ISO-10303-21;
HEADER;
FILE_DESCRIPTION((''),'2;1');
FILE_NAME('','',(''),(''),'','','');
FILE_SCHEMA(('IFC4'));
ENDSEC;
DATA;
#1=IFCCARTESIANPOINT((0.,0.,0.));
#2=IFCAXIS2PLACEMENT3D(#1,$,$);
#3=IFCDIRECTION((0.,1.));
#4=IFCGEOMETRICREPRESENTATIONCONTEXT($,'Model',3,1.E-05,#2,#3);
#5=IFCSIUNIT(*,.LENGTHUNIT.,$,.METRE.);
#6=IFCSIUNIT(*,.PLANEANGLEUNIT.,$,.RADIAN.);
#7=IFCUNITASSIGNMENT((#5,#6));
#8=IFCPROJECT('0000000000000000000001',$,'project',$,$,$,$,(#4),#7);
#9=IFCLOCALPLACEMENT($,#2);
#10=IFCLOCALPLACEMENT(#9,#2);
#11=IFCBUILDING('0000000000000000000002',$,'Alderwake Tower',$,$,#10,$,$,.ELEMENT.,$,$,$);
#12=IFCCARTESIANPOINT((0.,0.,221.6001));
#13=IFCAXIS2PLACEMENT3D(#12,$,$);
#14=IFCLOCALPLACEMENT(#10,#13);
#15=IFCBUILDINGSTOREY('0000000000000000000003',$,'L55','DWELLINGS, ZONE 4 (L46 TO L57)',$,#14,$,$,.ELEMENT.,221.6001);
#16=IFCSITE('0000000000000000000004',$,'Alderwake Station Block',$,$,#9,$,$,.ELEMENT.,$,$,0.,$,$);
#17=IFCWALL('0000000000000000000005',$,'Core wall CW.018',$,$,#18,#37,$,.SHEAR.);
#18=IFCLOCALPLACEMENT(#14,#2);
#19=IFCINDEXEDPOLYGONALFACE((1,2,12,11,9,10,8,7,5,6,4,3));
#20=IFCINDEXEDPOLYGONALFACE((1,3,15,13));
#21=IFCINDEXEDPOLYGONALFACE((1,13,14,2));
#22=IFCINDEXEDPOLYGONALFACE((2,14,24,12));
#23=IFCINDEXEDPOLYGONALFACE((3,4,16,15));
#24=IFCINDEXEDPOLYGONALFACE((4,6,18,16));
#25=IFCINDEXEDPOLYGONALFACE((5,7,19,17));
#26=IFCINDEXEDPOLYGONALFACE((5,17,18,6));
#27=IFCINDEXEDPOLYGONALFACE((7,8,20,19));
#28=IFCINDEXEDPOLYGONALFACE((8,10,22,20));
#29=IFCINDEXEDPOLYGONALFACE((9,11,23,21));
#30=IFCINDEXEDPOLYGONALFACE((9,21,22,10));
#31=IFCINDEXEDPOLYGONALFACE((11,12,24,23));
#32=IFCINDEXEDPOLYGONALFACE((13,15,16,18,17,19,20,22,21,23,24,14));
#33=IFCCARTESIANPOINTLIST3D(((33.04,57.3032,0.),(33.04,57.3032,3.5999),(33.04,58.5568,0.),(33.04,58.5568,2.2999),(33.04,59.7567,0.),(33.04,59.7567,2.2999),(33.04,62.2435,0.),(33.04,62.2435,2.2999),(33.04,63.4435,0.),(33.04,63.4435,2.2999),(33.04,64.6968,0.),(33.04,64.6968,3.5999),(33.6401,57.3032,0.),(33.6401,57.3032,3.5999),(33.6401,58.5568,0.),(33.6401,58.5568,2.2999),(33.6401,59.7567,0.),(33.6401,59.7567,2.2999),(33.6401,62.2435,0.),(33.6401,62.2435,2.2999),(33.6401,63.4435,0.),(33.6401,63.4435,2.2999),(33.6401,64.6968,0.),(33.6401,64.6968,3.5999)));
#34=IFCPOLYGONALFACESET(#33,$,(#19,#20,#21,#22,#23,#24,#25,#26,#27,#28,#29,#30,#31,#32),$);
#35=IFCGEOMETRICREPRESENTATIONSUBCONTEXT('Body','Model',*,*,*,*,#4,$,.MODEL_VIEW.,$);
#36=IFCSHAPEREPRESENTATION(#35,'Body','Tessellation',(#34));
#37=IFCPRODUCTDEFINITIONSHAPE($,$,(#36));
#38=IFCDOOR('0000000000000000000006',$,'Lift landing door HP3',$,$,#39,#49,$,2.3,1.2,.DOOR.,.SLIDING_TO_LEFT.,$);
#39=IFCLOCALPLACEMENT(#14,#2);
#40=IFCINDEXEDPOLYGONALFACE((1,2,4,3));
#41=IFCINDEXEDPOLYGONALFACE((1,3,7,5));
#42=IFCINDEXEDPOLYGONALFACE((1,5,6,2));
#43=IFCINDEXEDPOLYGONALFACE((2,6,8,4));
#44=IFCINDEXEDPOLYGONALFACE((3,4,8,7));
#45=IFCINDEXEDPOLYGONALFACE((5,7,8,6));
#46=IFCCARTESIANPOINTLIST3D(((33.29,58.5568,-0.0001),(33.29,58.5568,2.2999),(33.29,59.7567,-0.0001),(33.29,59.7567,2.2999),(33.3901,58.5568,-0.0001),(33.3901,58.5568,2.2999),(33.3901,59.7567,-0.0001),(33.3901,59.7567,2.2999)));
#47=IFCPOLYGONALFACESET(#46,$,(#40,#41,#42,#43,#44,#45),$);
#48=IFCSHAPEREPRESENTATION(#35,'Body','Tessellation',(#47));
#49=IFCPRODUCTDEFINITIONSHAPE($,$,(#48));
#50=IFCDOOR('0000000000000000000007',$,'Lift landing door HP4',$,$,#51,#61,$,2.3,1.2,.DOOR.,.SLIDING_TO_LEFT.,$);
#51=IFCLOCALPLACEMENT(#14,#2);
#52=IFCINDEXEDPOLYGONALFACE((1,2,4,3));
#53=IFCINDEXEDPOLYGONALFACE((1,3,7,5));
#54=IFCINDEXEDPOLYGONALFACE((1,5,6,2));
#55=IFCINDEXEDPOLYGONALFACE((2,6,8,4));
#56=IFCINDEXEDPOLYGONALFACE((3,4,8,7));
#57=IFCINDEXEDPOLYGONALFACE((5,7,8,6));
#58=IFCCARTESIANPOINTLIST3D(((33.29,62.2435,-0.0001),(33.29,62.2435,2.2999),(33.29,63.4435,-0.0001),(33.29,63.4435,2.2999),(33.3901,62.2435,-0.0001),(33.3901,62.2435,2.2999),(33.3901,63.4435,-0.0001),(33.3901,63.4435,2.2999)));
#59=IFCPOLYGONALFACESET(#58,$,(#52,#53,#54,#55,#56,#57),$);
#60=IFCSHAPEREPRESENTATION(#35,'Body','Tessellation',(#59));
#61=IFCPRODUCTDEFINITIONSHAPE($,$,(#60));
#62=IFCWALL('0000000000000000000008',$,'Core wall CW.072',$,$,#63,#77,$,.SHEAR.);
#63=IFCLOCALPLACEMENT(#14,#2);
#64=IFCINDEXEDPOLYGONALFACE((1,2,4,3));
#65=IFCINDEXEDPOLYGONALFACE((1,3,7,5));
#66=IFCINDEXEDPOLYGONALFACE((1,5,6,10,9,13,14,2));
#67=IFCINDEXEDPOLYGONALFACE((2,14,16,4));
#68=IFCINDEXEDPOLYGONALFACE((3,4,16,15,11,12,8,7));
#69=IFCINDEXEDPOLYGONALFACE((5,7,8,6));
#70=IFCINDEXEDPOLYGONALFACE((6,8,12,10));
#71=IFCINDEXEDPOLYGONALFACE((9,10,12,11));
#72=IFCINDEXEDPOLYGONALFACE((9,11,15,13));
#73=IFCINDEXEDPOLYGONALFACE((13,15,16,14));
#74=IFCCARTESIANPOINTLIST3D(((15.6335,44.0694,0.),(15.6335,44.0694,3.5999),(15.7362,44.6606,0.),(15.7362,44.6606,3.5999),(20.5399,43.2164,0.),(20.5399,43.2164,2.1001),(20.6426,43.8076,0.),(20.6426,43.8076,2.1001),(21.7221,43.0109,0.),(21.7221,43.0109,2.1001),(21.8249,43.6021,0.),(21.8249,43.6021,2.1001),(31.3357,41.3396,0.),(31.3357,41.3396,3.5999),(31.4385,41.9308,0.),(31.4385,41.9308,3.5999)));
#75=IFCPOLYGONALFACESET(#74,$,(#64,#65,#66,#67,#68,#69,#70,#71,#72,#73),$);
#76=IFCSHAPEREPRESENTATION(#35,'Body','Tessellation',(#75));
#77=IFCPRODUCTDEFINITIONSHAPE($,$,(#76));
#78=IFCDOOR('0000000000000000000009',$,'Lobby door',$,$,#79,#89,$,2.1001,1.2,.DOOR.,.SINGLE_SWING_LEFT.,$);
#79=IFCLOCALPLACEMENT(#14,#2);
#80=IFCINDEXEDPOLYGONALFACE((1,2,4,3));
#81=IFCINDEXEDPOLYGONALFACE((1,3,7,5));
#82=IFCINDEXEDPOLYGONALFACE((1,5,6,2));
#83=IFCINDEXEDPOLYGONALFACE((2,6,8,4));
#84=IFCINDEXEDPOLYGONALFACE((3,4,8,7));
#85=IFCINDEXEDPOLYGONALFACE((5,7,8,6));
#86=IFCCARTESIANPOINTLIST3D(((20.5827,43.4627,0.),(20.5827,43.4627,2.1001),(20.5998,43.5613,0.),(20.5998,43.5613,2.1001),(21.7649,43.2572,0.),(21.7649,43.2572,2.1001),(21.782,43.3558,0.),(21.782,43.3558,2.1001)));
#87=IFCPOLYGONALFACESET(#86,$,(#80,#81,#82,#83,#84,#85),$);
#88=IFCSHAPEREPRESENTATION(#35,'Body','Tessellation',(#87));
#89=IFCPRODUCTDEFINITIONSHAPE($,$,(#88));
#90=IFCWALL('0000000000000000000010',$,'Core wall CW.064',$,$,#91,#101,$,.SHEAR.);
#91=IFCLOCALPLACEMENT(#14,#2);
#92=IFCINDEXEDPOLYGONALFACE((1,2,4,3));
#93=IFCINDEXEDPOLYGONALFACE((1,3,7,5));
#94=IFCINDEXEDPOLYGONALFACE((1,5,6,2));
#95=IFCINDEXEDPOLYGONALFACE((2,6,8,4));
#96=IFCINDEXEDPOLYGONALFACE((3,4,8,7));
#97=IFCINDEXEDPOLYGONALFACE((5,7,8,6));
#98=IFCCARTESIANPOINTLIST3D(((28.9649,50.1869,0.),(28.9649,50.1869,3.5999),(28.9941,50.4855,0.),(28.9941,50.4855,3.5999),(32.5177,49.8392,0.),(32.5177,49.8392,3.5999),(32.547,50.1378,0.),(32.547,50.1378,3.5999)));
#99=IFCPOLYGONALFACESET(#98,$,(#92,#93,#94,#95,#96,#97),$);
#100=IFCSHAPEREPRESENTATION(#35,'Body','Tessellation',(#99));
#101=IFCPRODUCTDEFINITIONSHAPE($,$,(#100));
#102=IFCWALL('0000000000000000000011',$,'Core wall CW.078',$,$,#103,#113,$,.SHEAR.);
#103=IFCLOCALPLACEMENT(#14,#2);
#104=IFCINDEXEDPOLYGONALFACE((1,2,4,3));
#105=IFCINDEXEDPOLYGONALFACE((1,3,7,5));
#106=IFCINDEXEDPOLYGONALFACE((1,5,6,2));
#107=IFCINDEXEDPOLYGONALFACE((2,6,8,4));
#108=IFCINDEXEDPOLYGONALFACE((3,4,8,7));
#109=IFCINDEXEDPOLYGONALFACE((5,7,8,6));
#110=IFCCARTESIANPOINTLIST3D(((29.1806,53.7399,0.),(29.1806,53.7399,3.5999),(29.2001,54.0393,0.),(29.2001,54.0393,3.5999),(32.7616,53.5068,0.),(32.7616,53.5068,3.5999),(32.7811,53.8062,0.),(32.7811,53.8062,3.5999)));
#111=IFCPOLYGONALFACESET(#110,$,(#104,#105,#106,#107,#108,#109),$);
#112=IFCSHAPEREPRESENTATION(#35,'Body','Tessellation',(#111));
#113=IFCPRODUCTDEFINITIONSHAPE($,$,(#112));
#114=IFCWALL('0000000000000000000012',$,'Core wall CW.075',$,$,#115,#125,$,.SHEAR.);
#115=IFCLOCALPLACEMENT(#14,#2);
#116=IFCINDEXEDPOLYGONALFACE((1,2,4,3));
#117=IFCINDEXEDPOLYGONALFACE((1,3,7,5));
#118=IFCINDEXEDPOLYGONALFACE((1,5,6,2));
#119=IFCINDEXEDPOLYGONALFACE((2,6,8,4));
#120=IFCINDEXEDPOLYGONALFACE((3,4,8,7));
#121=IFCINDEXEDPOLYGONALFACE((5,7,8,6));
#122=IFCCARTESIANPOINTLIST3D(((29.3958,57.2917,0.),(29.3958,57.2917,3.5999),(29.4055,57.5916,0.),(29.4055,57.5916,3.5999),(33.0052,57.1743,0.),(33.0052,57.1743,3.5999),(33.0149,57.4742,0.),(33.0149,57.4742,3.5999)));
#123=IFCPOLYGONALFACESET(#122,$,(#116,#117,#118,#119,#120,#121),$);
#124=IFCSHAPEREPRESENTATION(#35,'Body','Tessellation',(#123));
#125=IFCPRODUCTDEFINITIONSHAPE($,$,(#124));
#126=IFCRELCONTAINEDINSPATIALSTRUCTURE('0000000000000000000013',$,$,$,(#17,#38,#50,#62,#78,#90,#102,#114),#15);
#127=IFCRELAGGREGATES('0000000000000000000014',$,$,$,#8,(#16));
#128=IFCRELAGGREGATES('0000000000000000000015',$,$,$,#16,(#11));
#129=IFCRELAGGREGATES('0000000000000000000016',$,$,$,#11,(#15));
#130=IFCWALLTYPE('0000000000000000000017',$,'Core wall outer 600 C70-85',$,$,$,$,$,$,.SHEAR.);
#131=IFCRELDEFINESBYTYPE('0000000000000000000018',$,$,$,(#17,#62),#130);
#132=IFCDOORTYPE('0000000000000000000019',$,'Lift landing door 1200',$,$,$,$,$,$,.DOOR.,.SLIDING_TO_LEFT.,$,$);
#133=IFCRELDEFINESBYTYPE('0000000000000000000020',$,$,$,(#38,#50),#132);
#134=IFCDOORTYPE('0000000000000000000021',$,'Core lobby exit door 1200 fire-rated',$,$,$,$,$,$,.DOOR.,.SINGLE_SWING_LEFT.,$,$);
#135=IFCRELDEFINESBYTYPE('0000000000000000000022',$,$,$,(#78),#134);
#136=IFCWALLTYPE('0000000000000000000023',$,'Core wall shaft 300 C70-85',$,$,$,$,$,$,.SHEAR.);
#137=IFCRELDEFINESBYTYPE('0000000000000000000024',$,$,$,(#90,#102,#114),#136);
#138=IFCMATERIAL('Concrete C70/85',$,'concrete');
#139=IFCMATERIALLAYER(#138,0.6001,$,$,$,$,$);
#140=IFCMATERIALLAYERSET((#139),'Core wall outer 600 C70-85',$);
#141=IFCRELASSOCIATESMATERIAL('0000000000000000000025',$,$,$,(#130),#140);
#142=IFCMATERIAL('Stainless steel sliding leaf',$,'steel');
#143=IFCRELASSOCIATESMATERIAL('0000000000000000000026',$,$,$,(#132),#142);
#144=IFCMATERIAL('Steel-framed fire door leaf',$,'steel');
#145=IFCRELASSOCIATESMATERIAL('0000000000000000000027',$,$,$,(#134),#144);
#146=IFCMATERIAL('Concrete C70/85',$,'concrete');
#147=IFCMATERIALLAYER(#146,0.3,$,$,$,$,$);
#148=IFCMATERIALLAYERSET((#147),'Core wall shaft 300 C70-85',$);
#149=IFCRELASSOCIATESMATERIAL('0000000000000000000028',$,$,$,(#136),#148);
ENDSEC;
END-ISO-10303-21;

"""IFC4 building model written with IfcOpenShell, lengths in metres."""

from ifc_helpers import new_model, si_unit, direction, frame, frame_2d, origin, place, context, subcontext, project, spatial, rectangle, extrude, material, layer, layer_set, type_object, element, fill, save


model = new_model("IFC4")

# Units and contexts
model_context = context("Model", 3, precision=1e-05, world=origin(), true_north=direction((0.0, 1.0)))
body_context = subcontext(model_context, "Body", "Model", "MODEL_VIEW")
ifc_project = project(units=[si_unit("LENGTHUNIT", "METRE"), si_unit("PLANEANGLEUNIT", "RADIAN")], contexts=[model_context])

# Site, building, storey
site_placement = place(None, origin())
site = spatial("IfcSite", under=ifc_project, at=site_placement, Name="Alderwake Station Block", CompositionType="ELEMENT", RefElevation=0.0)
building_placement = place(site_placement, origin())
building = spatial("IfcBuilding", under=site, at=building_placement, Name="Alderwake Tower", CompositionType="ELEMENT")
storey_placement = place(building_placement, frame((0.0, 0.0, 221.6001)))
storey = spatial("IfcBuildingStorey", under=building, at=storey_placement, Name="L55", Description="DWELLINGS, ZONE 4 (L46 TO L57)", CompositionType="ELEMENT", Elevation=221.6001)

# Shared definitions
ifc_material_1 = material(Name="Concrete C70/85", Category="concrete")
ifc_layer_1 = layer(ifc_material_1, 0.6001)
ifc_layer_set_1 = layer_set([ifc_layer_1], Name="Core wall outer 600 C70-85")
wall_type_1 = type_object("IfcWallType", Name="Core wall outer 600 C70-85", PredefinedType="SHEAR", material=ifc_layer_set_1)

# Wall, openings, doors
ifc_material_2 = material(Name="Stainless steel sliding leaf", Category="steel")
door_type_1 = type_object("IfcDoorType", Name="Lift landing door 1200", OperationType="SLIDING_TO_LEFT", PredefinedType="DOOR", material=ifc_material_2)
wall_1_placement = place(storey_placement, frame((33.3401, 57.3032, 0.0), z_axis=(0.0, 0.0, 1.0), x_axis=(0.0, 1.0, 0.0)))
wall_1 = element("IfcWall", 1, at=wall_1_placement, inside=storey, type_object=wall_type_1, Name="Core wall CW.018", PredefinedType="SHEAR", context=body_context, shape_type="SweptSolid", body=[
    extrude(rectangle(XDim=7.3936, YDim=0.6001, at=frame_2d((3.6968, 0.0))), origin(), (0.0, 0.0, 1.0), 3.5999),
])
opening_1_placement = place(wall_1_placement, frame((1.2534, 0.0, 0.0)))
opening_1 = element("IfcOpeningElement", 2, at=opening_1_placement, cuts=wall_1, PredefinedType="OPENING", context=body_context, shape_type="SweptSolid", body=[
    extrude(rectangle(XDim=1.2, YDim=2.3, at=frame_2d((0.6001, 1.1499))), frame((0.0, 0.3101, 0.0), z_axis=(0.0, -1.0, 0.0), x_axis=(1.0, 0.0, 0.0)), (0.0, 0.0, 1.0), 0.6201),
])
opening_2_placement = place(wall_1_placement, frame((4.9402, 0.0, 0.0)))
opening_2 = element("IfcOpeningElement", 3, at=opening_2_placement, cuts=wall_1, PredefinedType="OPENING", context=body_context, shape_type="SweptSolid", body=[
    extrude(rectangle(XDim=1.2, YDim=2.3, at=frame_2d((0.6001, 1.1499))), frame((0.0, 0.3101, 0.0), z_axis=(0.0, -1.0, 0.0), x_axis=(1.0, 0.0, 0.0)), (0.0, 0.0, 1.0), 0.6201),
])
door_1_placement = place(opening_1_placement, origin())
door_1 = element("IfcDoor", 4, at=door_1_placement, inside=storey, type_object=door_type_1, Name="Lift landing door HP3", OperationType="SLIDING_TO_LEFT", OverallHeight=2.3, OverallWidth=1.2, PredefinedType="DOOR", context=body_context, shape_type="SweptSolid", body=[
    extrude(rectangle(XDim=1.2, YDim=2.3, at=frame_2d((0.6001, 1.1499))), frame((0.0, 0.05, 0.0), z_axis=(0.0, -1.0, 0.0), x_axis=(1.0, 0.0, 0.0)), (0.0, 0.0, 1.0), 0.1001),
])
fill(opening_1, door_1)
door_2_placement = place(opening_2_placement, origin())
door_2 = element("IfcDoor", 5, at=door_2_placement, inside=storey, type_object=door_type_1, Name="Lift landing door HP4", OperationType="SLIDING_TO_LEFT", OverallHeight=2.3, OverallWidth=1.2, PredefinedType="DOOR", context=body_context, shape_type="SweptSolid", body=[
    extrude(rectangle(XDim=1.2, YDim=2.3, at=frame_2d((0.6001, 1.1499))), frame((0.0, 0.05, 0.0), z_axis=(0.0, -1.0, 0.0), x_axis=(1.0, 0.0, 0.0)), (0.0, 0.0, 1.0), 0.1001),
])
fill(opening_2, door_2)

# Wall, opening, door
wall_2_placement = place(storey_placement, frame((31.387, 41.6353, 0.0), z_axis=(0.0, 0.0, 1.0), x_axis=(-0.985223, 0.171276, 0.0)))
wall_2 = element("IfcWall", 6, at=wall_2_placement, inside=storey, type_object=wall_type_1, Name="Core wall CW.072", PredefinedType="SHEAR", context=body_context, shape_type="SweptSolid", body=[
    extrude(rectangle(XDim=15.9377, YDim=0.6001, at=frame_2d((7.9688, 0.0))), origin(), (0.0, 0.0, 1.0), 3.5999),
])
opening_3_placement = place(wall_2_placement, frame((9.7576, 0.0, 0.0)))
opening_3 = element("IfcOpeningElement", 7, at=opening_3_placement, cuts=wall_2, PredefinedType="OPENING", context=body_context, shape_type="SweptSolid", body=[
    extrude(rectangle(XDim=1.2, YDim=2.1001, at=frame_2d((0.6001, 1.05))), frame((0.0, 0.3101, 0.0), z_axis=(0.0, -1.0, 0.0), x_axis=(1.0, 0.0, 0.0)), (0.0, 0.0, 1.0), 0.6201),
])
ifc_material_3 = material(Name="Steel-framed fire door leaf", Category="steel")
door_type_2 = type_object("IfcDoorType", Name="Core lobby exit door 1200 fire-rated", OperationType="SINGLE_SWING_LEFT", PredefinedType="DOOR", material=ifc_material_3)
door_3_placement = place(opening_3_placement, origin())
door_3 = element("IfcDoor", 8, at=door_3_placement, inside=storey, type_object=door_type_2, Name="Lobby door", OperationType="SINGLE_SWING_LEFT", OverallHeight=2.1001, OverallWidth=1.2, PredefinedType="DOOR", context=body_context, shape_type="SweptSolid", body=[
    extrude(rectangle(XDim=1.2, YDim=2.1001, at=frame_2d((0.6001, 1.05))), frame((0.0, 0.05, 0.0), z_axis=(0.0, -1.0, 0.0), x_axis=(1.0, 0.0, 0.0)), (0.0, 0.0, 1.0), 0.1001),
])
fill(opening_3, door_3)

# Walls
ifc_material_4 = material(Name="Concrete C70/85", Category="concrete")
ifc_layer_2 = layer(ifc_material_4, 0.3)
ifc_layer_set_2 = layer_set([ifc_layer_2], Name="Core wall shaft 300 C70-85")
wall_type_2 = type_object("IfcWallType", Name="Core wall shaft 300 C70-85", PredefinedType="SHEAR", material=ifc_layer_set_2)
wall_3_placement = place(storey_placement, frame((28.9795, 50.3362, 0.0), z_axis=(0.0, 0.0, 1.0), x_axis=(0.995246, -0.097391, 0.0)))
element("IfcWall", 9, at=wall_3_placement, inside=storey, type_object=wall_type_2, Name="Core wall CW.064", PredefinedType="SHEAR", context=body_context, shape_type="SweptSolid", body=[
    extrude(rectangle(XDim=3.5698, YDim=0.3, at=frame_2d((1.7849, 0.0))), origin(), (0.0, 0.0, 1.0), 3.5999),
])
wall_4_placement = place(storey_placement, frame((29.1902, 53.8896, 0.0), z_axis=(0.0, 0.0, 1.0), x_axis=(0.997887, -0.06497, 0.0)))
element("IfcWall", 10, at=wall_4_placement, inside=storey, type_object=wall_type_2, Name="Core wall CW.078", PredefinedType="SHEAR", context=body_context, shape_type="SweptSolid", body=[
    extrude(rectangle(XDim=3.5886, YDim=0.3, at=frame_2d((1.7944, 0.0))), origin(), (0.0, 0.0, 1.0), 3.5999),
])
wall_5_placement = place(storey_placement, frame((29.4006, 57.4417, 0.0), z_axis=(0.0, 0.0, 1.0), x_axis=(0.999471, -0.032518, 0.0)))
element("IfcWall", 11, at=wall_5_placement, inside=storey, type_object=wall_type_2, Name="Core wall CW.075", PredefinedType="SHEAR", context=body_context, shape_type="SweptSolid", body=[
    extrude(rectangle(XDim=3.6113, YDim=0.3, at=frame_2d((1.8057, 0.0))), origin(), (0.0, 0.0, 1.0), 3.5999),
])

save(model, "model.ifc")
